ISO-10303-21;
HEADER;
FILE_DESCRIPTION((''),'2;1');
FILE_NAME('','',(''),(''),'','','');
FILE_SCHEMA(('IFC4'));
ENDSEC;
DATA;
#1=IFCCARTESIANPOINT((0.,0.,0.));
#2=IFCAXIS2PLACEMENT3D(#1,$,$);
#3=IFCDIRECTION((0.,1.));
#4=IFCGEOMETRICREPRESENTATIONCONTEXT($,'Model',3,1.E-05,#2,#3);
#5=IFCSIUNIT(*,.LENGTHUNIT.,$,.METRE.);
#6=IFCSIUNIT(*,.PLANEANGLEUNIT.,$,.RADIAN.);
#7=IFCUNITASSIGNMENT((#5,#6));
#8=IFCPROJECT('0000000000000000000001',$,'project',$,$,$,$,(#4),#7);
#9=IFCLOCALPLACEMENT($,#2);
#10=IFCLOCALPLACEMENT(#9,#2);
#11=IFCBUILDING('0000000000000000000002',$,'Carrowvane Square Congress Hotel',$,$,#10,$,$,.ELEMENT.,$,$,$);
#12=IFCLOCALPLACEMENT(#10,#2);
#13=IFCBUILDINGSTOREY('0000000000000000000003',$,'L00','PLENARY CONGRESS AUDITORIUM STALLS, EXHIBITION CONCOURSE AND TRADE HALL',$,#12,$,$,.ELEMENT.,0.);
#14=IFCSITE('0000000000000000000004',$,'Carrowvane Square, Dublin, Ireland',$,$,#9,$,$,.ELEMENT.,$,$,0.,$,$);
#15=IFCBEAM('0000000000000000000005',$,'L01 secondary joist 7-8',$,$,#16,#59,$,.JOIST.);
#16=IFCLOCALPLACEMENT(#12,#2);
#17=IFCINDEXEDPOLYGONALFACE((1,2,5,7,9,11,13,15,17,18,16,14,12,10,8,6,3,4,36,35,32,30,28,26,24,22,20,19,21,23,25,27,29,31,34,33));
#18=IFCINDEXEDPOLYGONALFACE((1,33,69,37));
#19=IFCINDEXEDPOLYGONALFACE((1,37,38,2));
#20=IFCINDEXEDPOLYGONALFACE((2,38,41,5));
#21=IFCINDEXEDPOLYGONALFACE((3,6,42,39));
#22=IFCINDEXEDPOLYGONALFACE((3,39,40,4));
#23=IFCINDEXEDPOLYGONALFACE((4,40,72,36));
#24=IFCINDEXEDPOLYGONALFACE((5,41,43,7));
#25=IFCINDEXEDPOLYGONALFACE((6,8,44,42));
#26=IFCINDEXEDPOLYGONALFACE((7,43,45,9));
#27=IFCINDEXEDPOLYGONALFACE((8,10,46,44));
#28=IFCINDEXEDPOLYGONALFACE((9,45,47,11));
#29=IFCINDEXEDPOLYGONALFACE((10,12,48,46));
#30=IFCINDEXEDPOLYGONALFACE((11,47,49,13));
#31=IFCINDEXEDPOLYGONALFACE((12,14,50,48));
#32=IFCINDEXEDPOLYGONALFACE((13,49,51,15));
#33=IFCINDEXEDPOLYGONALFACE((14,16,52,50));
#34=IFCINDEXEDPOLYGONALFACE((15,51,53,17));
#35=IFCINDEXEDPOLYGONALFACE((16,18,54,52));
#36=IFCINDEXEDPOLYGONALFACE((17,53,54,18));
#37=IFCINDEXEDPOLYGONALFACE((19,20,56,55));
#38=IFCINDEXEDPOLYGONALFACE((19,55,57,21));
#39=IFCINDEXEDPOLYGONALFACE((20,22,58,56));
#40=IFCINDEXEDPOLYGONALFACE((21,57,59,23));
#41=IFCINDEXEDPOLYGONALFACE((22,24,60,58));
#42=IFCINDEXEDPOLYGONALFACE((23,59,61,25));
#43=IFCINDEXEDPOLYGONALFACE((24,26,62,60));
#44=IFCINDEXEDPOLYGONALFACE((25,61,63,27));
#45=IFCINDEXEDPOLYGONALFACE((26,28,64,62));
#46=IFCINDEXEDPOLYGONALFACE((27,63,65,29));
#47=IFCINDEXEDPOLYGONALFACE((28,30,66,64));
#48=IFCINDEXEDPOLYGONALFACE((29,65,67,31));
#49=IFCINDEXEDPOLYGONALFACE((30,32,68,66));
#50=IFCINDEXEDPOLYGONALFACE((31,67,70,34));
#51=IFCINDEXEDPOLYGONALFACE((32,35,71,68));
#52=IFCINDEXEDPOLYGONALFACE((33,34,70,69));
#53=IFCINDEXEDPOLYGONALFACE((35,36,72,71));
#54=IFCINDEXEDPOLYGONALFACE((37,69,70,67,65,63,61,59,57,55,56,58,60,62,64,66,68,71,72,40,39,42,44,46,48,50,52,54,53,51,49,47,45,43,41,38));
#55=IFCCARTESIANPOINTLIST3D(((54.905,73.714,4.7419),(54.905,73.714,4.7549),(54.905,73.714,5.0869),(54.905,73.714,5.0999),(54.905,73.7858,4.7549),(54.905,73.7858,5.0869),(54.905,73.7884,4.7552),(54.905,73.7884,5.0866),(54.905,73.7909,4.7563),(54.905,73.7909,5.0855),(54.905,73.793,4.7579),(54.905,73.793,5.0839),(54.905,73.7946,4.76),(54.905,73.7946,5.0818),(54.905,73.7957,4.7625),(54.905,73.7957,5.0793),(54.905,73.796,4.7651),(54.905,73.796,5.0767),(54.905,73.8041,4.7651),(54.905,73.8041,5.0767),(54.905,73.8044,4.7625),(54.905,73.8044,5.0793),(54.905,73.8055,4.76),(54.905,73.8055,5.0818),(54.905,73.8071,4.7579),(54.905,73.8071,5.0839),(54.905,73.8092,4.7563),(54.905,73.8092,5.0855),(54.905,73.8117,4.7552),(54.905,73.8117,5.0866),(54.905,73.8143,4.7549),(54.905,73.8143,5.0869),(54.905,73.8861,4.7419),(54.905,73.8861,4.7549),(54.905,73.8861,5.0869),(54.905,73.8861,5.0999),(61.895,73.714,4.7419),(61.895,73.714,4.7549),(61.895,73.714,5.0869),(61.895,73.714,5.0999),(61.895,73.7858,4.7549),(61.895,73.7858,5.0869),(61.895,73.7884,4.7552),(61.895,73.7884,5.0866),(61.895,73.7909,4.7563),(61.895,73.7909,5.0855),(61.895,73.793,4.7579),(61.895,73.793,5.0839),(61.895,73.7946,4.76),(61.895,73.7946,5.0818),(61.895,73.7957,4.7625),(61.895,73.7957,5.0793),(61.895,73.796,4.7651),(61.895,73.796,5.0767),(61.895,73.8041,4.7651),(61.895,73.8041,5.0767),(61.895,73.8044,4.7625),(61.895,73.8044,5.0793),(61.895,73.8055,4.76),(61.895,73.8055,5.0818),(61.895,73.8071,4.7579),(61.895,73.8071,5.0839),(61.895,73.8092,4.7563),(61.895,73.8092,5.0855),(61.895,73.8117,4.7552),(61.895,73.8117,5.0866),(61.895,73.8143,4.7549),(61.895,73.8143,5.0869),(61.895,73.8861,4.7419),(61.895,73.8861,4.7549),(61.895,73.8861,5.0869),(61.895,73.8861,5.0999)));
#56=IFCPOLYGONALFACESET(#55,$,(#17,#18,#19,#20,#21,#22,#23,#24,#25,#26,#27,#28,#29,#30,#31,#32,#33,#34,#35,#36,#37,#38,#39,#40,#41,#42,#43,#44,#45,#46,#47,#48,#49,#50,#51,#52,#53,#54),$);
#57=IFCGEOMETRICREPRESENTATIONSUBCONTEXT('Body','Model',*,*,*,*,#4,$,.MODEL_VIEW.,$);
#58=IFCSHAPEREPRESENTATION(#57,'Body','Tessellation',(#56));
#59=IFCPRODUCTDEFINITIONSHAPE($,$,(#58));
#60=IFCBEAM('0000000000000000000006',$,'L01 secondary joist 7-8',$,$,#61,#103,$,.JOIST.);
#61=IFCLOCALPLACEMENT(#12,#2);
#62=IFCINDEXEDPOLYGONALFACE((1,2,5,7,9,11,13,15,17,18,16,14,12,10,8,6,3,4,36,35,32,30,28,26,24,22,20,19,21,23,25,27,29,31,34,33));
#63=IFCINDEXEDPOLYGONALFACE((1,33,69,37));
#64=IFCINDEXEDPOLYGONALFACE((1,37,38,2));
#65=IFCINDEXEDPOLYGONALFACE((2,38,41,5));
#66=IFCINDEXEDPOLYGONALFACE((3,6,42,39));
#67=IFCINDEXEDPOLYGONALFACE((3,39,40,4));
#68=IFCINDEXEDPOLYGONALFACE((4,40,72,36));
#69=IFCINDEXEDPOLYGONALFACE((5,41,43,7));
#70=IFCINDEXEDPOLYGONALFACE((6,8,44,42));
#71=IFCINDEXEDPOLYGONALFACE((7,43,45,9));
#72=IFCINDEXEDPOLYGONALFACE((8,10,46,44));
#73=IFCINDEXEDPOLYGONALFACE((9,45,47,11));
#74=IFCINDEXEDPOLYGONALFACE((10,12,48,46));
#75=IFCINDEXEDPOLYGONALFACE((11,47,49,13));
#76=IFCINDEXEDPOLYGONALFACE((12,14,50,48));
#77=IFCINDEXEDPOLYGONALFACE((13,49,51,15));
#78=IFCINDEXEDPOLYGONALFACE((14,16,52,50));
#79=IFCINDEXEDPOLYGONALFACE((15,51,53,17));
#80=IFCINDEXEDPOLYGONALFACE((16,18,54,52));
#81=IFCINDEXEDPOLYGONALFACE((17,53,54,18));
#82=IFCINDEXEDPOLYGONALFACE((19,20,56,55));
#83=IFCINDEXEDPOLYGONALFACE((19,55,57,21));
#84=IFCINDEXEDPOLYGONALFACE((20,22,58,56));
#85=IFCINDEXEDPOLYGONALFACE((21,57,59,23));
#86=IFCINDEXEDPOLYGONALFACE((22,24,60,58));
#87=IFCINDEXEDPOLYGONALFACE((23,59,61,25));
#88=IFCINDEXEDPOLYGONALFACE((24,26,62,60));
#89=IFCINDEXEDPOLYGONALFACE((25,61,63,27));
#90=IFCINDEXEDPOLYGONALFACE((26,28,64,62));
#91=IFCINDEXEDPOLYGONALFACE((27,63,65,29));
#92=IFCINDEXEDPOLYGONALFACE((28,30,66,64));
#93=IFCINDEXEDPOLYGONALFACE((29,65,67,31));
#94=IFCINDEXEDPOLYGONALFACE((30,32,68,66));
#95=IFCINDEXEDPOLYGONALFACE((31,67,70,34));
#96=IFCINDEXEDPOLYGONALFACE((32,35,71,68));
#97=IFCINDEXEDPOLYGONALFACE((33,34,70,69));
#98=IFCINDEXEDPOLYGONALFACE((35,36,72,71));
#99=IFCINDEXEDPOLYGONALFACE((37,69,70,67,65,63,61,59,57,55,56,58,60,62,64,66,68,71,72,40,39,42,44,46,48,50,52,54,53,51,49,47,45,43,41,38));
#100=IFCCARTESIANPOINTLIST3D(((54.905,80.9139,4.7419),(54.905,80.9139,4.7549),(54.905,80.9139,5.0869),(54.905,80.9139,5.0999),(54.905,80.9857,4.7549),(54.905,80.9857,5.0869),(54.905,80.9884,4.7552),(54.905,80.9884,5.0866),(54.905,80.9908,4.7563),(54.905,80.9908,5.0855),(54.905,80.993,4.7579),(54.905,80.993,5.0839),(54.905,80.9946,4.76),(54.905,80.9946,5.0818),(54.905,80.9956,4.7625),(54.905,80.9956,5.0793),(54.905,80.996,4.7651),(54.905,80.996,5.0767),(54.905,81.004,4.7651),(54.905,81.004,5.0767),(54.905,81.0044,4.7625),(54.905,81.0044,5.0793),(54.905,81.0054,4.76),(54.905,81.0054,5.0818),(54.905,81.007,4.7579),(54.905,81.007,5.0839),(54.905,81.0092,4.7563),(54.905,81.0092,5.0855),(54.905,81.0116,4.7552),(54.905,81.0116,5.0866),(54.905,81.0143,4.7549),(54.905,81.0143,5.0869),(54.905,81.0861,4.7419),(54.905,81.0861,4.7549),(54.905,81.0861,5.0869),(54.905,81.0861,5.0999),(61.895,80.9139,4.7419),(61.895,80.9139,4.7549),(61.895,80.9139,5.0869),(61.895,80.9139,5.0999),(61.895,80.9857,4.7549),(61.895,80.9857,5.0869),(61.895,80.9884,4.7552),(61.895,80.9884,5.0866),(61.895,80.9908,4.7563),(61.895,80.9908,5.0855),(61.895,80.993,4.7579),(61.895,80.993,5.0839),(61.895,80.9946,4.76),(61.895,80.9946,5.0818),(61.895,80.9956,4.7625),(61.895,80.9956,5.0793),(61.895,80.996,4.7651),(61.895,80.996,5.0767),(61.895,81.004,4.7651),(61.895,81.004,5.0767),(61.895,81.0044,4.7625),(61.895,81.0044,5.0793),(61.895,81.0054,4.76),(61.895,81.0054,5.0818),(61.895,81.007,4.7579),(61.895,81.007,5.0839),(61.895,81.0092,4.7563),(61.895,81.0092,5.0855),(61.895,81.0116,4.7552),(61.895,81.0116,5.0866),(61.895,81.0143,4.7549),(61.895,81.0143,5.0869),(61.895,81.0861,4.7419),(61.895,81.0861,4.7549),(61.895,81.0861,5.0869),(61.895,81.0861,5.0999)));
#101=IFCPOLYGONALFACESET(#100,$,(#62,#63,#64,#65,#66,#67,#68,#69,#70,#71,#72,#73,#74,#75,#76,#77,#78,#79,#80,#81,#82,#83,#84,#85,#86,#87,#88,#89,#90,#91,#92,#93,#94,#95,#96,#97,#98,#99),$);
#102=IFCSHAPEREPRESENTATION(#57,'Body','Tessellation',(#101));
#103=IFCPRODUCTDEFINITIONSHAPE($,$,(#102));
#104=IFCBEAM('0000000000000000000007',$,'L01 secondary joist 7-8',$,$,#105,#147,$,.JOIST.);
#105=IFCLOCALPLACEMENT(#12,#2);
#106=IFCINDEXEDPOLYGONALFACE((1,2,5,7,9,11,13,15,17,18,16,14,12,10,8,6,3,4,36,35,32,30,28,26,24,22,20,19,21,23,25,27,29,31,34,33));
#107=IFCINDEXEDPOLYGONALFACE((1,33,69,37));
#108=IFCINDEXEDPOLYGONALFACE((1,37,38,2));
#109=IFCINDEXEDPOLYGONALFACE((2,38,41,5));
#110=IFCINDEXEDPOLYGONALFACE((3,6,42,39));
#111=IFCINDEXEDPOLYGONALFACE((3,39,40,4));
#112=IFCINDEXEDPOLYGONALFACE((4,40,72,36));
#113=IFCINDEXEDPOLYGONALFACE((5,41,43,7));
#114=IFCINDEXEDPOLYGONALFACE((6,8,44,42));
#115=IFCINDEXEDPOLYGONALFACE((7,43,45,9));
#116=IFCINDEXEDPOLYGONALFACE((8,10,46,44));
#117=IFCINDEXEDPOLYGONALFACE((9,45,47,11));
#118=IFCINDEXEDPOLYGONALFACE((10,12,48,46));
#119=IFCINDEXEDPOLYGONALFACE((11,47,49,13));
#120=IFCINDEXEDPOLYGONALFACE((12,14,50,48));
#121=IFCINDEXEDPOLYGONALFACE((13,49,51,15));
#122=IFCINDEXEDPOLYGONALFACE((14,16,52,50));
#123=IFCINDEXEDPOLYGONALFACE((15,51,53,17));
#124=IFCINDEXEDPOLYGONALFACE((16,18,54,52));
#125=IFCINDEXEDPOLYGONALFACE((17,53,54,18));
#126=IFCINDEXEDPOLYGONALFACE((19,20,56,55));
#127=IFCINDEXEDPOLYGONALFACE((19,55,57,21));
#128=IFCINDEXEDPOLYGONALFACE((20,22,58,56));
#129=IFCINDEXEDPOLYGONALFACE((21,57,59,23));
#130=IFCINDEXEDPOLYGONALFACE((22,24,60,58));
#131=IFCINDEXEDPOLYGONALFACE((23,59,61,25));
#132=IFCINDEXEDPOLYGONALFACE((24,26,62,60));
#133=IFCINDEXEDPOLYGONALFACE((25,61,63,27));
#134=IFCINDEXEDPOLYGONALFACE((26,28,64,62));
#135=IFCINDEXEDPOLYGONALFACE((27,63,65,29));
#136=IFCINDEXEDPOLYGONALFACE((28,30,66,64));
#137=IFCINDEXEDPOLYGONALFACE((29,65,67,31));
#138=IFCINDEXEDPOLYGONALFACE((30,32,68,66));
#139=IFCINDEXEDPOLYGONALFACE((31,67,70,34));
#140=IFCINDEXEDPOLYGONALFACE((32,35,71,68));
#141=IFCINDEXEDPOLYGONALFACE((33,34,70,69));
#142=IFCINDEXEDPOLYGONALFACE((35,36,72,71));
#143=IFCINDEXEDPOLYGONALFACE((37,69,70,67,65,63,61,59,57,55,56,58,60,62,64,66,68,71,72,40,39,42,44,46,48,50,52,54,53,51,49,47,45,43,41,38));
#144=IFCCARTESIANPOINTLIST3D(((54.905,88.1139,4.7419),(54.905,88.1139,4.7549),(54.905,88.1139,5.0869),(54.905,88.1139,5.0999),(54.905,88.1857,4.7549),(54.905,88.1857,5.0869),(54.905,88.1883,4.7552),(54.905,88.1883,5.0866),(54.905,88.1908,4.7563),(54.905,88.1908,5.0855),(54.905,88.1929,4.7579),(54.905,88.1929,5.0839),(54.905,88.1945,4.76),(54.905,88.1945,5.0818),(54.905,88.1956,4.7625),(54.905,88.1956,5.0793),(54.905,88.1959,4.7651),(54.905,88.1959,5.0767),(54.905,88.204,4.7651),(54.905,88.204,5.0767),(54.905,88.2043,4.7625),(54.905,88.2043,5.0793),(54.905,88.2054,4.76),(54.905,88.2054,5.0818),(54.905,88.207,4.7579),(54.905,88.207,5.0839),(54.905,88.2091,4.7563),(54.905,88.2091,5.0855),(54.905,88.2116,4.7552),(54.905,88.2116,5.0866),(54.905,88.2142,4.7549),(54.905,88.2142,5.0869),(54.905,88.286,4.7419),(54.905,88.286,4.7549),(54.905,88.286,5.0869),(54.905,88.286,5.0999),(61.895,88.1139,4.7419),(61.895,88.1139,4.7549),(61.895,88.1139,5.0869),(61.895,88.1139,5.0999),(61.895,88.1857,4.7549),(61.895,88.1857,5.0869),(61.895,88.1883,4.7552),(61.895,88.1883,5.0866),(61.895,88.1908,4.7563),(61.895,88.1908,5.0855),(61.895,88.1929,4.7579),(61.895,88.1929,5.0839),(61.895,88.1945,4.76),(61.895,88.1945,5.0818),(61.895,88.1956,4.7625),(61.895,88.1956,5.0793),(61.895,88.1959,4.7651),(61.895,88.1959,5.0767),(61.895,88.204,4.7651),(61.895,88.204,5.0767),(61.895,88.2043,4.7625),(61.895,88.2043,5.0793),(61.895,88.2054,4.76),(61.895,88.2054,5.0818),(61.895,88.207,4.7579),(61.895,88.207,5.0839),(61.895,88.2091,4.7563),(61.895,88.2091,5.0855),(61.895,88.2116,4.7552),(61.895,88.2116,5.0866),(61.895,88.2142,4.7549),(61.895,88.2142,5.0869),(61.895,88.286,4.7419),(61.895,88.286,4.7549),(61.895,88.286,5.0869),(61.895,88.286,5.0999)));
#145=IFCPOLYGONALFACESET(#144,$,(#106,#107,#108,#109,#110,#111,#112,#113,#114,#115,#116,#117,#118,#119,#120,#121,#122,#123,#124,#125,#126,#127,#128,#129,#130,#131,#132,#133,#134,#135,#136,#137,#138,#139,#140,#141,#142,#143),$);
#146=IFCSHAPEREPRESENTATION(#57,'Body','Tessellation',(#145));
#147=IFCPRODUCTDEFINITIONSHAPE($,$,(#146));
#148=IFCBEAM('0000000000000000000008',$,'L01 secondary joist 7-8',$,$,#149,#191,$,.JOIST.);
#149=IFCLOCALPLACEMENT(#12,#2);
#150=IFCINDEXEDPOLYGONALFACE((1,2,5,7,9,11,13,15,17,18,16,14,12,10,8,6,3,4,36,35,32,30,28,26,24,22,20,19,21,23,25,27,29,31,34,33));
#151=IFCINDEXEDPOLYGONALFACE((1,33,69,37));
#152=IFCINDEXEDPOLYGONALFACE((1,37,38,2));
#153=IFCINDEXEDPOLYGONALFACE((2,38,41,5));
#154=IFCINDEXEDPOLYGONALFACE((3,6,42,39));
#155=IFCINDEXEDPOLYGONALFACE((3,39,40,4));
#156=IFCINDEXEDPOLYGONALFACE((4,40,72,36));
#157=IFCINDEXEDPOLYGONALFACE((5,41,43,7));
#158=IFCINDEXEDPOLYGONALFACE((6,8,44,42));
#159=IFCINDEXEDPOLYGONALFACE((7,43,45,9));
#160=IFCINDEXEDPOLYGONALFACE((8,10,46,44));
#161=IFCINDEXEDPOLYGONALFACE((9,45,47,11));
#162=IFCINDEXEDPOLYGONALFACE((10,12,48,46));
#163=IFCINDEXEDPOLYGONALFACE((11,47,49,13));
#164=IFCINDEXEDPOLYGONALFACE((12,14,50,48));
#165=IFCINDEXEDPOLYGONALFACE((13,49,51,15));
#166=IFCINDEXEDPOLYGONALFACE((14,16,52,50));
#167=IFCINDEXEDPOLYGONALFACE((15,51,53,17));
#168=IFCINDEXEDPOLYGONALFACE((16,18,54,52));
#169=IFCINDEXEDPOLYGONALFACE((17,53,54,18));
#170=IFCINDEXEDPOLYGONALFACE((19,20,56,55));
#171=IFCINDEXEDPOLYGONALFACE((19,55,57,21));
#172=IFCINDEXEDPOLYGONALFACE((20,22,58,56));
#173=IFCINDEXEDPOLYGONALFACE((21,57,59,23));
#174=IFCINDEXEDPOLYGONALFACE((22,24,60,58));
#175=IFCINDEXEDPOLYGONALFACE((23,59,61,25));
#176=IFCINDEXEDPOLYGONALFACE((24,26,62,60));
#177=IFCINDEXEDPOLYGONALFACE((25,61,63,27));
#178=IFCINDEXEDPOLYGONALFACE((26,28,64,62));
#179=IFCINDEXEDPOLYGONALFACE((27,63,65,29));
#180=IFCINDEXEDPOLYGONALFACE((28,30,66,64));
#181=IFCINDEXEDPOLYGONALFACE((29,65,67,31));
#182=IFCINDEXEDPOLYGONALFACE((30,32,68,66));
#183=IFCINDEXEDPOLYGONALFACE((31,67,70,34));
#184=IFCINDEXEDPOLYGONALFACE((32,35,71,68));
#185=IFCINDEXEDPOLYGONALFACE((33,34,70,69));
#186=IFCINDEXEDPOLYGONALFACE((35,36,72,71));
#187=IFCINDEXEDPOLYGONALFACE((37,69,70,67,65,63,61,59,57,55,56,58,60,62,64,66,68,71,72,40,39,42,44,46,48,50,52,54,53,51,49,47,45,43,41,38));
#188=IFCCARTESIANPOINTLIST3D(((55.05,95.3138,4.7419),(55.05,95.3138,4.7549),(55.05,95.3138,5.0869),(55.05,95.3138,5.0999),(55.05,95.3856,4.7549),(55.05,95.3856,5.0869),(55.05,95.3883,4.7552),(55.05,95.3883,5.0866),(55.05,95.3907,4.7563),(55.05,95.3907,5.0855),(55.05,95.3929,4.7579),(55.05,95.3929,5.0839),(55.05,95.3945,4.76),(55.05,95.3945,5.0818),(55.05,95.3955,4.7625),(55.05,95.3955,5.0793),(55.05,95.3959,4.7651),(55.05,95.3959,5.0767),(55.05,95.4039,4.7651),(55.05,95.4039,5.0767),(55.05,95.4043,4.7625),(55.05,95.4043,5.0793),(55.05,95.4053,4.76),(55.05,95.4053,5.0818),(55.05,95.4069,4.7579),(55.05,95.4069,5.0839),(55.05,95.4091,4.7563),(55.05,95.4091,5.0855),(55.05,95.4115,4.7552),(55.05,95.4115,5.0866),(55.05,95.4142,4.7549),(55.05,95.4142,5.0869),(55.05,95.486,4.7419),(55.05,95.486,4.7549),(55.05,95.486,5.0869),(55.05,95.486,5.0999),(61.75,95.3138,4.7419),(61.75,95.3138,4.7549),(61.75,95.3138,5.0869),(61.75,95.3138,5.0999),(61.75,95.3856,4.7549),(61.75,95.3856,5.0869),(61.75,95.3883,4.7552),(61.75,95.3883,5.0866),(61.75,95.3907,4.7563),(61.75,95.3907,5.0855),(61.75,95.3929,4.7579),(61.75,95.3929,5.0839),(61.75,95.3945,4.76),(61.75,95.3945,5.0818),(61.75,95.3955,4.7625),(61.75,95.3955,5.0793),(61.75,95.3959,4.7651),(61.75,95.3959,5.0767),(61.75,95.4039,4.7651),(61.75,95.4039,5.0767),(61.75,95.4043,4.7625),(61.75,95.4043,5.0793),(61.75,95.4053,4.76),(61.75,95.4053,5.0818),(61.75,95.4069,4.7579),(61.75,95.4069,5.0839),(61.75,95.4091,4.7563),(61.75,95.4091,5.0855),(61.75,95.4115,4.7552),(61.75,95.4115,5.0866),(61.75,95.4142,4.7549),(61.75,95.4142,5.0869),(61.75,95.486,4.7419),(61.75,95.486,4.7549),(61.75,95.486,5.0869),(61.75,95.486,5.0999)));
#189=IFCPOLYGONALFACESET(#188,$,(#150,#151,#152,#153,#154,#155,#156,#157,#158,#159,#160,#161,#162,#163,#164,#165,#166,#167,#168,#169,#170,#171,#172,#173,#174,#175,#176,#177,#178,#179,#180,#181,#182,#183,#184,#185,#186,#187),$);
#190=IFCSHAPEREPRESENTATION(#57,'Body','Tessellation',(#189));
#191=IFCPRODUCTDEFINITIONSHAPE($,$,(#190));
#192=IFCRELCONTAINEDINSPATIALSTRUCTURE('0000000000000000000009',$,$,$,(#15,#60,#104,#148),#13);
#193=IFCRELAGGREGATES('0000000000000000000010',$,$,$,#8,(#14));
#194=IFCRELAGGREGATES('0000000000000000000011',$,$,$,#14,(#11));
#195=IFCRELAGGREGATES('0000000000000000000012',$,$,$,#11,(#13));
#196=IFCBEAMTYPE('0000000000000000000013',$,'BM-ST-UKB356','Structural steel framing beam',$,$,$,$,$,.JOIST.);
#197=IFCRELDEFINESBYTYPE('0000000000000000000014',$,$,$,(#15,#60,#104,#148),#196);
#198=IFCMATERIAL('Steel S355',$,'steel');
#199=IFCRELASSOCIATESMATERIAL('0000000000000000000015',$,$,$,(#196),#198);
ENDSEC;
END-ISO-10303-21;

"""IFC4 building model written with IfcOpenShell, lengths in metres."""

from ifc_helpers import new_model, si_unit, direction, frame, origin, origin_2d, place, context, subcontext, project, spatial, i_section, extrude, material, material_profile, profile_set, type_object, element, save


model = new_model("IFC4")

# Units and contexts
model_context = context("Model", 3, precision=1e-05, world=origin(), true_north=direction((0.0, 1.0)))
body_context = subcontext(model_context, "Body", "Model", "MODEL_VIEW")
ifc_project = project(units=[si_unit("LENGTHUNIT", "METRE"), si_unit("PLANEANGLEUNIT", "RADIAN")], contexts=[model_context])

# Site, building, storey
site_placement = place(None, origin())
site = spatial("IfcSite", under=ifc_project, at=site_placement, Name="Carrowvane Square, Dublin, Ireland", CompositionType="ELEMENT", RefElevation=0.0)
building_placement = place(site_placement, origin())
building = spatial("IfcBuilding", under=site, at=building_placement, Name="Carrowvane Square Congress Hotel", CompositionType="ELEMENT")
storey_placement = place(building_placement, origin())
storey = spatial("IfcBuildingStorey", under=building, at=storey_placement, Name="L00", Description="PLENARY CONGRESS AUDITORIUM STALLS, EXHIBITION CONCOURSE AND TRADE HALL", CompositionType="ELEMENT", Elevation=0.0)

# Beams
ifc_material_1 = material(Name="Steel S355", Category="steel")
ifc_material_profile_1 = material_profile(ifc_material_1, i_section(OverallWidth=0.1721, OverallDepth=0.3579, WebThickness=0.0081, FlangeThickness=0.0129, FilletRadius=0.0103, at=origin_2d()), Name="UKB 356x171x57")
ifc_profile_set_1 = profile_set([ifc_material_profile_1], Name="Steel S355")
beam_type_1 = type_object("IfcBeamType", Name="BM-ST-UKB356", Description="Structural steel framing beam", PredefinedType="JOIST", material=ifc_profile_set_1)
for number, where, z_axis, x_axis, name in (
    (1, (54.905, 73.8, 4.9209), (1.0, 0.0, 0.0), (0.0, 1.0, 0.0), "L01 secondary joist 7-8"),
    (2, (54.905, 81.0, 4.9209), (1.0, 0.0, 0.0), (0.0, 1.0, 0.0), "L01 secondary joist 7-8"),
    (3, (54.905, 88.2, 4.9209), (1.0, 0.0, 0.0), (0.0, 1.0, 0.0), "L01 secondary joist 7-8"),
):
    element("IfcBeam", number, at=place(storey_placement, frame(where, z_axis=z_axis, x_axis=x_axis)), inside=storey, type_object=beam_type_1, Name=name, PredefinedType="JOIST", context=body_context, shape_type="SweptSolid", body=[
        extrude(i_section(OverallWidth=0.1721, OverallDepth=0.3579, WebThickness=0.0081, FlangeThickness=0.0129, FilletRadius=0.0103, at=origin_2d()), origin(), (0.0, 0.0, 1.0), 6.99),
    ])
beam_1_placement = place(storey_placement, frame((55.05, 95.3999, 4.9209), z_axis=(1.0, 0.0, 0.0), x_axis=(0.0, 1.0, 0.0)))
element("IfcBeam", 4, at=beam_1_placement, inside=storey, type_object=beam_type_1, Name="L01 secondary joist 7-8", PredefinedType="JOIST", context=body_context, shape_type="SweptSolid", body=[
    extrude(i_section(OverallWidth=0.1721, OverallDepth=0.3579, WebThickness=0.0081, FlangeThickness=0.0129, FilletRadius=0.0103, at=origin_2d()), origin(), (0.0, 0.0, 1.0), 6.7),
])

save(model, "model.ifc")
